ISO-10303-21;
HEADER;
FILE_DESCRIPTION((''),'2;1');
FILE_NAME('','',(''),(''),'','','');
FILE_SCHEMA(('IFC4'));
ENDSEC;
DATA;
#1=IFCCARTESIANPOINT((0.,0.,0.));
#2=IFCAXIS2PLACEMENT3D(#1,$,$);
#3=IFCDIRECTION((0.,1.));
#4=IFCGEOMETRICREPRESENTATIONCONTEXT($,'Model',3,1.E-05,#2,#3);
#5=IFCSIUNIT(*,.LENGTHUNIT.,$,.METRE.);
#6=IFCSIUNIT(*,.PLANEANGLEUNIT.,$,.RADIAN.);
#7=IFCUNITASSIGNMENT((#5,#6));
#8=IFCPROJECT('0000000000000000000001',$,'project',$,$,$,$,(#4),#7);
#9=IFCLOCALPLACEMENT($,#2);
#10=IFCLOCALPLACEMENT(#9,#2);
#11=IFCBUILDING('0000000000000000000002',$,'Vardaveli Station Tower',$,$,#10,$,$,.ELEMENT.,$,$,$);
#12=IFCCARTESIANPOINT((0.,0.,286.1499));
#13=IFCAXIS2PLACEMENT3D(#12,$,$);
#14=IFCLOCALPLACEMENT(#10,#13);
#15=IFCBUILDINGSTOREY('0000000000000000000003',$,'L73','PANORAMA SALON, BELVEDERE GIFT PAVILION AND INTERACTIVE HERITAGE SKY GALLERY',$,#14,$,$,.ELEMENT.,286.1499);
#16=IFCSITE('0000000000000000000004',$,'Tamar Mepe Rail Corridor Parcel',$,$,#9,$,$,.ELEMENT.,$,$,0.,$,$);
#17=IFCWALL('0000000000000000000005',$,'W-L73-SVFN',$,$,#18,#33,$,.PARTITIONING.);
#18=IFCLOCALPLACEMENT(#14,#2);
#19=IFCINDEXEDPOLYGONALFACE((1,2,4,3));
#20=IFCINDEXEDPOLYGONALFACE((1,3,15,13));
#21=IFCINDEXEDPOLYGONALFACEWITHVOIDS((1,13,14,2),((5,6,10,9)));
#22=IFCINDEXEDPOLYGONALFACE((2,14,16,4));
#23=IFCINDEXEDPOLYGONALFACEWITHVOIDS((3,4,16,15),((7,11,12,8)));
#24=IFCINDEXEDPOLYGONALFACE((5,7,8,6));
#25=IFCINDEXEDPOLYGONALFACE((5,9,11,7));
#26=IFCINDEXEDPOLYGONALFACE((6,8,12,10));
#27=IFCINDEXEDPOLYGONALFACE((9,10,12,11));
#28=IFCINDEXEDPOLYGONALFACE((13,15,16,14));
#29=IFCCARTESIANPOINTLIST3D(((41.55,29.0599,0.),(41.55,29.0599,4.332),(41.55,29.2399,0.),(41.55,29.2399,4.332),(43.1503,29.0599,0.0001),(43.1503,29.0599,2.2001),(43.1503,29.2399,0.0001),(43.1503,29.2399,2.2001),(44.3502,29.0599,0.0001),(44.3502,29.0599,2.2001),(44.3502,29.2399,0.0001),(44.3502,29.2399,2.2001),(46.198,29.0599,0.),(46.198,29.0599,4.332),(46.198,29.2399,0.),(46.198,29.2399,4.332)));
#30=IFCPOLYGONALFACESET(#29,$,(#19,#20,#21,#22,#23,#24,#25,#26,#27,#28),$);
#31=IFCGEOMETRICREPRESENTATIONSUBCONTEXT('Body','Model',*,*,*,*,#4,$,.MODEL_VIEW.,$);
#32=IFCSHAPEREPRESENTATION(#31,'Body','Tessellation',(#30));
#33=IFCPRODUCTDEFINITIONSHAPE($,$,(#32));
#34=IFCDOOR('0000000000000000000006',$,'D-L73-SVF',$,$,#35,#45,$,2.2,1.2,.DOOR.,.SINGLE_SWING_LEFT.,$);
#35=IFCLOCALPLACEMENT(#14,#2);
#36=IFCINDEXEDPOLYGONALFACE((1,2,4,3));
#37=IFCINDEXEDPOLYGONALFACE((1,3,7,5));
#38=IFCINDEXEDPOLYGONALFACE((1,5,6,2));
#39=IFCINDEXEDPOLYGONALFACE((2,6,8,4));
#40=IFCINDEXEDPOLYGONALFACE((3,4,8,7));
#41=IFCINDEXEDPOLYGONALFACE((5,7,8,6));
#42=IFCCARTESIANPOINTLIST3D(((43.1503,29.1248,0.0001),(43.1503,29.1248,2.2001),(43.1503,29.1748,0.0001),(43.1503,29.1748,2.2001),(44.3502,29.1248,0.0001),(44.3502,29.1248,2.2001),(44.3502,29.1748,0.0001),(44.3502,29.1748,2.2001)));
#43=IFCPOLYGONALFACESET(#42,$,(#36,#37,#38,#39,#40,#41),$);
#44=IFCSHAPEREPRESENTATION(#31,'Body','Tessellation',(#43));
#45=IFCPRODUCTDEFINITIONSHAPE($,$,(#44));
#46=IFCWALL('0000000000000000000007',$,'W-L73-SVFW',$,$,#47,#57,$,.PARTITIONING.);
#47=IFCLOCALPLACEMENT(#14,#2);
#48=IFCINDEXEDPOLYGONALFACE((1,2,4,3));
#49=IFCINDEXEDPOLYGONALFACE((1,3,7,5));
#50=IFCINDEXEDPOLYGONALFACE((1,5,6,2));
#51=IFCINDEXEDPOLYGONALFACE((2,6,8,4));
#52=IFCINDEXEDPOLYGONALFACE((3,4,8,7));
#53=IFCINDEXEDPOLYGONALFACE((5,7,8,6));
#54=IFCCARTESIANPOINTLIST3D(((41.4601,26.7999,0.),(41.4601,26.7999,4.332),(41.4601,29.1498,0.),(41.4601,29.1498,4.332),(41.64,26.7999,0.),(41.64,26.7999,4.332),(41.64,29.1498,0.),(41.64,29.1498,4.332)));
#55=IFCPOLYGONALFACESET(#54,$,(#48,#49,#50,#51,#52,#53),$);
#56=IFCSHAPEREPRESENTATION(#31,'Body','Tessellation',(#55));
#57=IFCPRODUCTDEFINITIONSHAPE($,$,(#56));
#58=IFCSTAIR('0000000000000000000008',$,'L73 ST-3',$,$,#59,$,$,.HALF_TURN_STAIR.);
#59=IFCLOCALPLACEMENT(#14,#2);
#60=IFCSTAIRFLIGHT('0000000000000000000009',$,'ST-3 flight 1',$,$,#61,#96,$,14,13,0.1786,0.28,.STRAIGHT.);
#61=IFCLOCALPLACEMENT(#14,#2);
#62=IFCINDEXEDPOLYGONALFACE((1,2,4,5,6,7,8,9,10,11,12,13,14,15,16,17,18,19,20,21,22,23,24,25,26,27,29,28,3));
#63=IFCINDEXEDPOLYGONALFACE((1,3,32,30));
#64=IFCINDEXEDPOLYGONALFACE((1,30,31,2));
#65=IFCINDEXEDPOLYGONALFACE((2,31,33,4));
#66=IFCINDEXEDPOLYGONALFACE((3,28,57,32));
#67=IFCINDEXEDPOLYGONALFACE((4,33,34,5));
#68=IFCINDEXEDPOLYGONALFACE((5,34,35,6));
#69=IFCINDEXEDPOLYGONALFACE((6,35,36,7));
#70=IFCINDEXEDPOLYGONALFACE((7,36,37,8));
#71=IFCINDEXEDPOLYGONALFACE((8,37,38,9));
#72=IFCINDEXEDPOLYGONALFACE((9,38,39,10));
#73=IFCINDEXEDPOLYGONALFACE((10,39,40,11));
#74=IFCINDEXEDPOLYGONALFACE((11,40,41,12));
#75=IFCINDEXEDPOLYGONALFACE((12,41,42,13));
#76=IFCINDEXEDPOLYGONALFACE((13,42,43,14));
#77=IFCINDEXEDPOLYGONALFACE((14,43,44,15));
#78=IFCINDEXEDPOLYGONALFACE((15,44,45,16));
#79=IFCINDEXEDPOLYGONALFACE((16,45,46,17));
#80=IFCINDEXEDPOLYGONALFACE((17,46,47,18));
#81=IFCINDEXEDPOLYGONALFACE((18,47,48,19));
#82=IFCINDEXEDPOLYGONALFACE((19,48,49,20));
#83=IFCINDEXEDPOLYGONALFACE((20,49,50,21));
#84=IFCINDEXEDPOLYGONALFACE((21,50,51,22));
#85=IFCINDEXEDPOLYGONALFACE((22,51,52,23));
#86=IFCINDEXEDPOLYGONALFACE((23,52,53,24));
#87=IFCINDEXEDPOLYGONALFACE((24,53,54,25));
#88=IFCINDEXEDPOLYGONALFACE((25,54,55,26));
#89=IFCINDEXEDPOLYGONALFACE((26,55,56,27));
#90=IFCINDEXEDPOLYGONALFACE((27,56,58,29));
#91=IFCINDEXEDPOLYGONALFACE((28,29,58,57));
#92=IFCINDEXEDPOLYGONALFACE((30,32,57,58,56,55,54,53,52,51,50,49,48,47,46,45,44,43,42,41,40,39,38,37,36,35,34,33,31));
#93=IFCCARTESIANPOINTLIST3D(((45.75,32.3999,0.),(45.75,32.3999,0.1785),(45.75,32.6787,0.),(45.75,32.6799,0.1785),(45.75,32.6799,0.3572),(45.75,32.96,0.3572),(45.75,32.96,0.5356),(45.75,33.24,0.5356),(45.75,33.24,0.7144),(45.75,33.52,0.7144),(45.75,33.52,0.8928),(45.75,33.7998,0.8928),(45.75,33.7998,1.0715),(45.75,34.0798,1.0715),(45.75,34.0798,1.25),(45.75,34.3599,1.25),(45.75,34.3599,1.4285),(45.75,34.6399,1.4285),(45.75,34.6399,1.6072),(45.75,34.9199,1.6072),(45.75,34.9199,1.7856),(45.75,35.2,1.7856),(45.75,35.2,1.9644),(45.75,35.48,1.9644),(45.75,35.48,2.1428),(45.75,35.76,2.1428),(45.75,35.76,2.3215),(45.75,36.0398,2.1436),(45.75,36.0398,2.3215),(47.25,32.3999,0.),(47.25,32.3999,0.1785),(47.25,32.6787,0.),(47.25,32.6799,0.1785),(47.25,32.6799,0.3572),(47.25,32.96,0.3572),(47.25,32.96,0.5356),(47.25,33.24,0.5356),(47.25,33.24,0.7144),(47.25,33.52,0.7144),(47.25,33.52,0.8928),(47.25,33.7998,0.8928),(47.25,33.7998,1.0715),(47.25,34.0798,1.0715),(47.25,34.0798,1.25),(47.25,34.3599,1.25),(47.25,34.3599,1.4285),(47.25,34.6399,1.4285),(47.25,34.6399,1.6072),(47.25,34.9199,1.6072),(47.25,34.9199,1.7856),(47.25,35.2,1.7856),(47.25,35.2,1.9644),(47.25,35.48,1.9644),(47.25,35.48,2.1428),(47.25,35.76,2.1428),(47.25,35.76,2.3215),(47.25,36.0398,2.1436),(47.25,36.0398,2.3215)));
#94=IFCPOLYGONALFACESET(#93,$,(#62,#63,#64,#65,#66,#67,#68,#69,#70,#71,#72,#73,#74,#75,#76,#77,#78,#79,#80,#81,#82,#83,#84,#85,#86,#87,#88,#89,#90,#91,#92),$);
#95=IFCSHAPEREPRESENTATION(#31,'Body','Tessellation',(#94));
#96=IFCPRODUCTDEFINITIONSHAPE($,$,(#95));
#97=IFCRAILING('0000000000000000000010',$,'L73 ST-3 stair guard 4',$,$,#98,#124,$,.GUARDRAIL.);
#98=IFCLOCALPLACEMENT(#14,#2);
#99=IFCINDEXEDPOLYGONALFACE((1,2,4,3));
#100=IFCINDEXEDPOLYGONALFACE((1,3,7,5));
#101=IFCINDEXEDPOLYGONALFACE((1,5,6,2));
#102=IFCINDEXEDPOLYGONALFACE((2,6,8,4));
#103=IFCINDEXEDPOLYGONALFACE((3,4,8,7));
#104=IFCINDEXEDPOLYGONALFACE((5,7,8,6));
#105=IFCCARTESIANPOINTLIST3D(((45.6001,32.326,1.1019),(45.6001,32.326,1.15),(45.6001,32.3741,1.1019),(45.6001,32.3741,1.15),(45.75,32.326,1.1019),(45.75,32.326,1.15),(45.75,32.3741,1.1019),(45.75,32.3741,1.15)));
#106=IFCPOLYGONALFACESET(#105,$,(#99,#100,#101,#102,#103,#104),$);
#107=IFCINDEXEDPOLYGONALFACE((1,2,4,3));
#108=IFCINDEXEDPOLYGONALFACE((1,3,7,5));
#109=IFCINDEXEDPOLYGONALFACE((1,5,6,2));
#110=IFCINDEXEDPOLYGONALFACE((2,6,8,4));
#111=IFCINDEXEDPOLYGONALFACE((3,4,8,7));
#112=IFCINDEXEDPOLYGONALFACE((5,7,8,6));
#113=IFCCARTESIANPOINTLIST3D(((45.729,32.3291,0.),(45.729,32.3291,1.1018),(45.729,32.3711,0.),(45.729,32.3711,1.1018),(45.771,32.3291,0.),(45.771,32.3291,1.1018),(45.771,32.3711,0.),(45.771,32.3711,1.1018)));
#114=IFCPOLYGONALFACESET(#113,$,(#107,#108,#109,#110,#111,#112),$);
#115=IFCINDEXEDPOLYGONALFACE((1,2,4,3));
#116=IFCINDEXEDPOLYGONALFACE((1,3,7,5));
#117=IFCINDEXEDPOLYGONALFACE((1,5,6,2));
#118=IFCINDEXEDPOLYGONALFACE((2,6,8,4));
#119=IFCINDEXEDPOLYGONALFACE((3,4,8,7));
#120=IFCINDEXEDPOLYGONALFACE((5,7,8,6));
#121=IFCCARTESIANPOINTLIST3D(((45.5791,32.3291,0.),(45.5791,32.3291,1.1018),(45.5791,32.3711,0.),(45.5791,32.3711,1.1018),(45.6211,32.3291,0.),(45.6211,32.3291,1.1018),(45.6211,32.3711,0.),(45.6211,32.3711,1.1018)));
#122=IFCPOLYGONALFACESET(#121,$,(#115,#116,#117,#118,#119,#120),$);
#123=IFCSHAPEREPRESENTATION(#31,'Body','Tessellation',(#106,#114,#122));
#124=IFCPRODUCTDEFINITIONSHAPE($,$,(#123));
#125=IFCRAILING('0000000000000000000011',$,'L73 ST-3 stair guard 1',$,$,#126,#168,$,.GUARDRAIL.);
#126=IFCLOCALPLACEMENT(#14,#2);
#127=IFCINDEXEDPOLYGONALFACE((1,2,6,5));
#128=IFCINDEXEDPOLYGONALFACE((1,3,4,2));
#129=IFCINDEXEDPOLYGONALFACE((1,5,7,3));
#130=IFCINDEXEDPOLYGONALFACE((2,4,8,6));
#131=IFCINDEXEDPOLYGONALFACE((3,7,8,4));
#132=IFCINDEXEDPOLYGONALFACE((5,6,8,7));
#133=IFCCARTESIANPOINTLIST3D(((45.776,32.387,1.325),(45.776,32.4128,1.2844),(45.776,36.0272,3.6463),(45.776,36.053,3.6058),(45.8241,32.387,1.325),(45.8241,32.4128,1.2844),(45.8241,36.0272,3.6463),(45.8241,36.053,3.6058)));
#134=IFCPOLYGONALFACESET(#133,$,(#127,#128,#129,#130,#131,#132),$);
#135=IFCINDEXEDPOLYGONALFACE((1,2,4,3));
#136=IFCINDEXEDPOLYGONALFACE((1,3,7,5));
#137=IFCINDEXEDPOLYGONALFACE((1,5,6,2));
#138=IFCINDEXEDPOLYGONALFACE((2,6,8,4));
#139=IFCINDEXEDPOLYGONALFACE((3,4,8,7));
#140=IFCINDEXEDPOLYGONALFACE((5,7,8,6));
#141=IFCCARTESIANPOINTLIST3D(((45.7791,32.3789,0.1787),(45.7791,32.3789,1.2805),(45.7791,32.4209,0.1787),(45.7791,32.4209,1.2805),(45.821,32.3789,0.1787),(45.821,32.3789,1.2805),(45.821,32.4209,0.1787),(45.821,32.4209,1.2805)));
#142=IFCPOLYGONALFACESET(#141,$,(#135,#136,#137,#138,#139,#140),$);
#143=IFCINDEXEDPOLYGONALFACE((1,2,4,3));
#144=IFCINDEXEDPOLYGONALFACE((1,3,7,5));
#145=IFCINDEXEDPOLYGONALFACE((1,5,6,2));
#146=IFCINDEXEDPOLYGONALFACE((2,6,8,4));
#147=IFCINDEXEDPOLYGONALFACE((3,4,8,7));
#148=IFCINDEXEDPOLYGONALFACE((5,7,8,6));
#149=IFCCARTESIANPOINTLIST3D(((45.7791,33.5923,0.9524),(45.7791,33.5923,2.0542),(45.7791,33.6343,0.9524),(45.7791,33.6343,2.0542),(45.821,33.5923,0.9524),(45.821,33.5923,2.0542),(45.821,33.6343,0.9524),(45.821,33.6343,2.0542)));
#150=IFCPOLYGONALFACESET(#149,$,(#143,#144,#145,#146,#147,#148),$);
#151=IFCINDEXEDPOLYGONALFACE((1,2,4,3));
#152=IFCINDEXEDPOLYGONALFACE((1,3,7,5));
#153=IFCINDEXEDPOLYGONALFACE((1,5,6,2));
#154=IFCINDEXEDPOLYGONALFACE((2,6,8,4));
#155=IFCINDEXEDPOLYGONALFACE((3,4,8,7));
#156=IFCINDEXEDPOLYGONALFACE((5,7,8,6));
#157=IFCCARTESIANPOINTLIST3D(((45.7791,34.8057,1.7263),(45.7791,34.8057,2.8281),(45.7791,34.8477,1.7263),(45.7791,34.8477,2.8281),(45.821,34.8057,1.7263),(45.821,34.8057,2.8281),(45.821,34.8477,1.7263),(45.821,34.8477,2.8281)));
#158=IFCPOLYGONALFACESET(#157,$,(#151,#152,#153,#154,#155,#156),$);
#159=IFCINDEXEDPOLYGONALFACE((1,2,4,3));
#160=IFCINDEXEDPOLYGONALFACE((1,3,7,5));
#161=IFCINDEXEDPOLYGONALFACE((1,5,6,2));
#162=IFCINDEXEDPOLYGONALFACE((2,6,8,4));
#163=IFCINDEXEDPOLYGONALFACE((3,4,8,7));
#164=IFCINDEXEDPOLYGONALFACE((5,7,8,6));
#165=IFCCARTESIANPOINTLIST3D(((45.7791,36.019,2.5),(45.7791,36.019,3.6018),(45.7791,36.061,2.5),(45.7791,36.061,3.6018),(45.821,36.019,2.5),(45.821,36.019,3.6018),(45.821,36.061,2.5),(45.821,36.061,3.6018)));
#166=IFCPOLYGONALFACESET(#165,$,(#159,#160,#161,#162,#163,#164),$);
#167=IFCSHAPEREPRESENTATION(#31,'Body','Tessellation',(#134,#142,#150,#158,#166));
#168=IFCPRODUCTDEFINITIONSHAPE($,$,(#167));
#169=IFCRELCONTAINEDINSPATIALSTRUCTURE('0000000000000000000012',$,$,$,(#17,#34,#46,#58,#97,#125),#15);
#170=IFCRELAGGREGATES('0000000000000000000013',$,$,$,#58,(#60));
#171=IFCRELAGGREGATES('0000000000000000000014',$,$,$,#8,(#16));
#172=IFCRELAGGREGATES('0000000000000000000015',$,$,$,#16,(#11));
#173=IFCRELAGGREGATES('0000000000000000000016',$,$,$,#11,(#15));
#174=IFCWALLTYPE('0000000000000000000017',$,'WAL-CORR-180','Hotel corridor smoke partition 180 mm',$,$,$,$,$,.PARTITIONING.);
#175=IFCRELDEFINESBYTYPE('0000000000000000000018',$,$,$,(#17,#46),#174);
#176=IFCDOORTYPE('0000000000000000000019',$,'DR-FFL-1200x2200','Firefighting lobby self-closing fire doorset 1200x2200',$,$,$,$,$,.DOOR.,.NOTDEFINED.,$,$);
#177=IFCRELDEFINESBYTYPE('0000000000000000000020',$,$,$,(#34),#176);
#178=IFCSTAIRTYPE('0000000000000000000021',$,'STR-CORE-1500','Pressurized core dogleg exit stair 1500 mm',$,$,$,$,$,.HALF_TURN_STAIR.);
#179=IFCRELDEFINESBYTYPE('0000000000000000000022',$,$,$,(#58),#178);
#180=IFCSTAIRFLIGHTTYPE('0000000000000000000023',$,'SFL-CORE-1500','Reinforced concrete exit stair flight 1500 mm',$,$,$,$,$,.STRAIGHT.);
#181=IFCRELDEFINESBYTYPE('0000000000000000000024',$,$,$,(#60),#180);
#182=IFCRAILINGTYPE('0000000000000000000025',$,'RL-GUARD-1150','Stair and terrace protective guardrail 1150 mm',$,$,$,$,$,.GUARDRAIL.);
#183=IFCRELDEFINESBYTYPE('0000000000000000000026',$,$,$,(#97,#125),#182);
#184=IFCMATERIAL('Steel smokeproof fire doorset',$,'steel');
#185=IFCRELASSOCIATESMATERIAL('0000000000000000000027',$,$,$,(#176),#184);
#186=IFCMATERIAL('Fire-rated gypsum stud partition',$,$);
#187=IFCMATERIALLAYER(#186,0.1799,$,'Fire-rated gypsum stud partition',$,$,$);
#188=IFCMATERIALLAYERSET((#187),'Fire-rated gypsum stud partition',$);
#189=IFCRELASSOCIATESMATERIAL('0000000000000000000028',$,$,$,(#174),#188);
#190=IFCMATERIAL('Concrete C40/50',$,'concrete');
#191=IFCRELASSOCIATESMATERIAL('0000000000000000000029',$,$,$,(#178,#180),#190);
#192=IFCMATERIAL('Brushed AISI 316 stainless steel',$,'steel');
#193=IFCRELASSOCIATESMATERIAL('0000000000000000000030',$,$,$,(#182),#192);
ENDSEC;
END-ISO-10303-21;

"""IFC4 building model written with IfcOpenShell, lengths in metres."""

from ifc_helpers import new_model, si_unit, direction, frame, frame_2d, origin, origin_2d, place, context, subcontext, project, spatial, polyline, rectangle, outline, extrude, source, transform, mapped, material, layer, layer_set, type_object, element, fill, aggregate, save


model = new_model("IFC4")

# Units and contexts
model_context = context("Model", 3, precision=1e-05, world=origin(), true_north=direction((0.0, 1.0)))
body_context = subcontext(model_context, "Body", "Model", "MODEL_VIEW")
ifc_project = project(units=[si_unit("LENGTHUNIT", "METRE"), si_unit("PLANEANGLEUNIT", "RADIAN")], contexts=[model_context])

# Site, building, storey
site_placement = place(None, origin())
site = spatial("IfcSite", under=ifc_project, at=site_placement, Name="Tamar Mepe Rail Corridor Parcel", CompositionType="ELEMENT", RefElevation=0.0)
building_placement = place(site_placement, origin())
building = spatial("IfcBuilding", under=site, at=building_placement, Name="Vardaveli Station Tower", CompositionType="ELEMENT")
storey_placement = place(building_placement, frame((0.0, 0.0, 286.1499)))
storey = spatial("IfcBuildingStorey", under=building, at=storey_placement, Name="L73", Description="PANORAMA SALON, BELVEDERE GIFT PAVILION AND INTERACTIVE HERITAGE SKY GALLERY", CompositionType="ELEMENT", Elevation=286.1499)

# Shared definitions
ifc_material_1 = material(Name="Concrete C40/50", Category="concrete")
ifc_material_2 = material(Name="Steel smokeproof fire doorset", Category="steel")

# Shared definitions
door_type_1 = type_object("IfcDoorType", Name="DR-FFL-1200x2200", Description="Firefighting lobby self-closing fire doorset 1200x2200", OperationType="NOTDEFINED", PredefinedType="DOOR", material=ifc_material_2)
shared_shape_1 = source(origin(), body_context, "Body", "SweptSolid", [
    extrude(rectangle(XDim=1.2, YDim=2.2, at=frame_2d((0.6001, 1.1001))), frame((0.0, 0.0249, 0.0), z_axis=(0.0, -1.0, 0.0), x_axis=(1.0, 0.0, 0.0)), (0.0, 0.0, 1.0), 0.05),
])

# Wall, opening, door
ifc_material_3 = material(Name="Fire-rated gypsum stud partition")
ifc_layer_1 = layer(ifc_material_3, 0.1799, Name="Fire-rated gypsum stud partition")
ifc_layer_set_1 = layer_set([ifc_layer_1], Name="Fire-rated gypsum stud partition")
wall_type_1 = type_object("IfcWallType", Name="WAL-CORR-180", Description="Hotel corridor smoke partition 180 mm", PredefinedType="PARTITIONING", material=ifc_layer_set_1)
shared_shape_2 = source(origin(), body_context, "Body", "SweptSolid", [
    extrude(rectangle(XDim=4.6479, YDim=0.1799, at=frame_2d((2.324, 0.0))), origin(), (0.0, 0.0, 1.0), 4.332),
])
wall_1_placement = place(storey_placement, frame((41.55, 29.1499, 0.0), z_axis=(0.0, 0.0, 1.0), x_axis=(1.0, 0.0, 0.0)))
wall_1 = element("IfcWall", 1, at=wall_1_placement, inside=storey, type_object=wall_type_1, Name="W-L73-SVFN", PredefinedType="PARTITIONING", context=body_context, shape_type="MappedRepresentation", body=[
    mapped(shared_shape_2, transform((0.0, 0.0, 0.0), scale=1.0)),
])
shared_shape_3 = source(origin(), body_context, "Body", "SweptSolid", [
    extrude(rectangle(XDim=1.2, YDim=2.2, at=frame_2d((0.6001, 1.1001))), frame((0.0, 0.1001, 0.0), z_axis=(0.0, -1.0, 0.0), x_axis=(1.0, 0.0, 0.0)), (0.0, 0.0, 1.0), 0.2),
])
opening_1_placement = place(wall_1_placement, frame((1.6001, 0.0, 0.0)))
opening_1 = element("IfcOpeningElement", 2, at=opening_1_placement, cuts=wall_1, PredefinedType="OPENING", context=body_context, shape_type="MappedRepresentation", body=[
    mapped(shared_shape_3, transform((0.0, 0.0, 0.0), scale=1.0)),
])
door_1_placement = place(opening_1_placement, origin())
door_1 = element("IfcDoor", 3, at=door_1_placement, inside=storey, type_object=door_type_1, Name="D-L73-SVF", OperationType="SINGLE_SWING_LEFT", OverallHeight=2.2, OverallWidth=1.2, PredefinedType="DOOR", context=body_context, shape_type="MappedRepresentation", body=[
    mapped(shared_shape_1, transform((0.0, 0.0, 0.0), scale=1.0)),
])
fill(opening_1, door_1)

# Wall
shared_shape_4 = source(origin(), body_context, "Body", "SweptSolid", [
    extrude(rectangle(XDim=2.3499, YDim=0.1799, at=frame_2d((1.1748, 0.0))), origin(), (0.0, 0.0, 1.0), 4.332),
])
wall_2_placement = place(storey_placement, frame((41.55, 26.8, 0.0), z_axis=(0.0, 0.0, 1.0), x_axis=(0.0, 1.0, 0.0)))
element("IfcWall", 4, at=wall_2_placement, inside=storey, type_object=wall_type_1, Name="W-L73-SVFW", PredefinedType="PARTITIONING", context=body_context, shape_type="MappedRepresentation", body=[
    mapped(shared_shape_4, transform((0.0, 0.0, 0.0), scale=1.0)),
])

# Stair, stair flight
stair_type = type_object("IfcStairType", Name="STR-CORE-1500", Description="Pressurized core dogleg exit stair 1500 mm", PredefinedType="HALF_TURN_STAIR", material=ifc_material_1)
stair_placement = place(storey_placement, origin())
stair = element("IfcStair", 5, at=stair_placement, inside=storey, type_object=stair_type, Name="L73 ST-3", PredefinedType="HALF_TURN_STAIR")
stair_flight_type = type_object("IfcStairFlightType", Name="SFL-CORE-1500", Description="Reinforced concrete exit stair flight 1500 mm", PredefinedType="STRAIGHT", material=ifc_material_1)
shared_shape_5 = source(origin(), body_context, "Body", "SweptSolid", [
    extrude(outline(polyline([(0.0, 0.0), (0.0, 0.1785), (0.28, 0.1785), (0.28, 0.3572), (0.5601, 0.3572), (0.5601, 0.5356), (0.8401, 0.5356), (0.8401, 0.7144), (1.1201, 0.7144), (1.1201, 0.8928), (1.3999, 0.8928), (1.3999, 1.0715), (1.6799, 1.0715), (1.6799, 1.25), (1.96, 1.25), (1.96, 1.4285), (2.24, 1.4285), (2.24, 1.6072), (2.52, 1.6072), (2.52, 1.7856), (2.8, 1.7856), (2.8, 1.9644), (3.0801, 1.9644), (3.0801, 2.1428), (3.3601, 2.1428), (3.3601, 2.3215), (3.6399, 2.3215), (3.6399, 2.5), (3.6399, 2.1436), (0.2788, 0.0), (0.0, 0.0)])), frame((0.0, 0.75, 0.0), z_axis=(0.0, -1.0, 0.0), x_axis=(1.0, 0.0, 0.0)), (0.0, 0.0, 1.0), 1.5),
])
stair_flight_placement = place(storey_placement, frame((46.5, 32.3999, 0.0), z_axis=(0.0, 0.0, 1.0), x_axis=(0.0, 1.0, 0.0)))
stair_flight = element("IfcStairFlight", 6, at=stair_flight_placement, type_object=stair_flight_type, Name="ST-3 flight 1", NumberOfRisers=14, NumberOfTreads=13, PredefinedType="STRAIGHT", RiserHeight=0.1786, TreadLength=0.28, context=body_context, shape_type="MappedRepresentation", body=[
    mapped(shared_shape_5, transform((0.0, 0.0, 0.0), scale=1.0)),
])
aggregate(stair, [stair_flight])

# Railings
ifc_material_4 = material(Name="Brushed AISI 316 stainless steel", Category="steel")
railing_type_1 = type_object("IfcRailingType", Name="RL-GUARD-1150", Description="Stair and terrace protective guardrail 1150 mm", PredefinedType="GUARDRAIL", material=ifc_material_4)
shared_shape_6 = source(origin(), body_context, "Body", "SweptSolid", [
    extrude(rectangle(XDim=0.0481, YDim=0.0481, at=origin_2d()), frame((0.0, 0.0, 1.126), z_axis=(-1.0, 0.0, 0.0), x_axis=(0.0, -1.0, 0.0)), (0.0, 0.0, 1.0), 0.1499),
    extrude(rectangle(XDim=0.042, YDim=0.042, at=origin_2d()), origin(), (0.0, 0.0, 1.0), 1.1018),
    extrude(rectangle(XDim=0.042, YDim=0.042, at=origin_2d()), frame((-0.1499, 0.0, 0.0)), (0.0, 0.0, 1.0), 1.1018),
])
railing_1_placement = place(storey_placement, frame((45.75, 32.3501, 0.0)))
element("IfcRailing", 7, at=railing_1_placement, inside=storey, type_object=railing_type_1, Name="L73 ST-3 stair guard 4", PredefinedType="GUARDRAIL", context=body_context, shape_type="MappedRepresentation", body=[
    mapped(shared_shape_6, transform((0.0, 0.0, 0.0), scale=1.0)),
])
shared_shape_7 = source(origin(), body_context, "Body", "SweptSolid", [
    extrude(rectangle(XDim=0.0481, YDim=0.0481, at=origin_2d()), frame((0.0, 0.0, 1.126), z_axis=(0.0, 0.843153, 0.537673), x_axis=(-1.0, 0.0, 0.0)), (0.0, 0.0, 1.0), 4.3174),
    extrude(rectangle(XDim=0.042, YDim=0.042, at=origin_2d()), origin(), (0.0, 0.0, 1.0), 1.1018),
    extrude(rectangle(XDim=0.042, YDim=0.042, at=origin_2d()), frame((0.0, 1.2134, 0.7737)), (0.0, 0.0, 1.0), 1.1018),
    extrude(rectangle(XDim=0.042, YDim=0.042, at=origin_2d()), frame((0.0, 2.4268, 1.5476)), (0.0, 0.0, 1.0), 1.1018),
    extrude(rectangle(XDim=0.042, YDim=0.042, at=origin_2d()), frame((0.0, 3.6401, 2.3213)), (0.0, 0.0, 1.0), 1.1018),
])
railing_2_placement = place(storey_placement, frame((45.8, 32.3999, 0.1787)))
element("IfcRailing", 8, at=railing_2_placement, inside=storey, type_object=railing_type_1, Name="L73 ST-3 stair guard 1", PredefinedType="GUARDRAIL", context=body_context, shape_type="MappedRepresentation", body=[
    mapped(shared_shape_7, transform((0.0, 0.0, 0.0), scale=1.0)),
])

save(model, "model.ifc")
